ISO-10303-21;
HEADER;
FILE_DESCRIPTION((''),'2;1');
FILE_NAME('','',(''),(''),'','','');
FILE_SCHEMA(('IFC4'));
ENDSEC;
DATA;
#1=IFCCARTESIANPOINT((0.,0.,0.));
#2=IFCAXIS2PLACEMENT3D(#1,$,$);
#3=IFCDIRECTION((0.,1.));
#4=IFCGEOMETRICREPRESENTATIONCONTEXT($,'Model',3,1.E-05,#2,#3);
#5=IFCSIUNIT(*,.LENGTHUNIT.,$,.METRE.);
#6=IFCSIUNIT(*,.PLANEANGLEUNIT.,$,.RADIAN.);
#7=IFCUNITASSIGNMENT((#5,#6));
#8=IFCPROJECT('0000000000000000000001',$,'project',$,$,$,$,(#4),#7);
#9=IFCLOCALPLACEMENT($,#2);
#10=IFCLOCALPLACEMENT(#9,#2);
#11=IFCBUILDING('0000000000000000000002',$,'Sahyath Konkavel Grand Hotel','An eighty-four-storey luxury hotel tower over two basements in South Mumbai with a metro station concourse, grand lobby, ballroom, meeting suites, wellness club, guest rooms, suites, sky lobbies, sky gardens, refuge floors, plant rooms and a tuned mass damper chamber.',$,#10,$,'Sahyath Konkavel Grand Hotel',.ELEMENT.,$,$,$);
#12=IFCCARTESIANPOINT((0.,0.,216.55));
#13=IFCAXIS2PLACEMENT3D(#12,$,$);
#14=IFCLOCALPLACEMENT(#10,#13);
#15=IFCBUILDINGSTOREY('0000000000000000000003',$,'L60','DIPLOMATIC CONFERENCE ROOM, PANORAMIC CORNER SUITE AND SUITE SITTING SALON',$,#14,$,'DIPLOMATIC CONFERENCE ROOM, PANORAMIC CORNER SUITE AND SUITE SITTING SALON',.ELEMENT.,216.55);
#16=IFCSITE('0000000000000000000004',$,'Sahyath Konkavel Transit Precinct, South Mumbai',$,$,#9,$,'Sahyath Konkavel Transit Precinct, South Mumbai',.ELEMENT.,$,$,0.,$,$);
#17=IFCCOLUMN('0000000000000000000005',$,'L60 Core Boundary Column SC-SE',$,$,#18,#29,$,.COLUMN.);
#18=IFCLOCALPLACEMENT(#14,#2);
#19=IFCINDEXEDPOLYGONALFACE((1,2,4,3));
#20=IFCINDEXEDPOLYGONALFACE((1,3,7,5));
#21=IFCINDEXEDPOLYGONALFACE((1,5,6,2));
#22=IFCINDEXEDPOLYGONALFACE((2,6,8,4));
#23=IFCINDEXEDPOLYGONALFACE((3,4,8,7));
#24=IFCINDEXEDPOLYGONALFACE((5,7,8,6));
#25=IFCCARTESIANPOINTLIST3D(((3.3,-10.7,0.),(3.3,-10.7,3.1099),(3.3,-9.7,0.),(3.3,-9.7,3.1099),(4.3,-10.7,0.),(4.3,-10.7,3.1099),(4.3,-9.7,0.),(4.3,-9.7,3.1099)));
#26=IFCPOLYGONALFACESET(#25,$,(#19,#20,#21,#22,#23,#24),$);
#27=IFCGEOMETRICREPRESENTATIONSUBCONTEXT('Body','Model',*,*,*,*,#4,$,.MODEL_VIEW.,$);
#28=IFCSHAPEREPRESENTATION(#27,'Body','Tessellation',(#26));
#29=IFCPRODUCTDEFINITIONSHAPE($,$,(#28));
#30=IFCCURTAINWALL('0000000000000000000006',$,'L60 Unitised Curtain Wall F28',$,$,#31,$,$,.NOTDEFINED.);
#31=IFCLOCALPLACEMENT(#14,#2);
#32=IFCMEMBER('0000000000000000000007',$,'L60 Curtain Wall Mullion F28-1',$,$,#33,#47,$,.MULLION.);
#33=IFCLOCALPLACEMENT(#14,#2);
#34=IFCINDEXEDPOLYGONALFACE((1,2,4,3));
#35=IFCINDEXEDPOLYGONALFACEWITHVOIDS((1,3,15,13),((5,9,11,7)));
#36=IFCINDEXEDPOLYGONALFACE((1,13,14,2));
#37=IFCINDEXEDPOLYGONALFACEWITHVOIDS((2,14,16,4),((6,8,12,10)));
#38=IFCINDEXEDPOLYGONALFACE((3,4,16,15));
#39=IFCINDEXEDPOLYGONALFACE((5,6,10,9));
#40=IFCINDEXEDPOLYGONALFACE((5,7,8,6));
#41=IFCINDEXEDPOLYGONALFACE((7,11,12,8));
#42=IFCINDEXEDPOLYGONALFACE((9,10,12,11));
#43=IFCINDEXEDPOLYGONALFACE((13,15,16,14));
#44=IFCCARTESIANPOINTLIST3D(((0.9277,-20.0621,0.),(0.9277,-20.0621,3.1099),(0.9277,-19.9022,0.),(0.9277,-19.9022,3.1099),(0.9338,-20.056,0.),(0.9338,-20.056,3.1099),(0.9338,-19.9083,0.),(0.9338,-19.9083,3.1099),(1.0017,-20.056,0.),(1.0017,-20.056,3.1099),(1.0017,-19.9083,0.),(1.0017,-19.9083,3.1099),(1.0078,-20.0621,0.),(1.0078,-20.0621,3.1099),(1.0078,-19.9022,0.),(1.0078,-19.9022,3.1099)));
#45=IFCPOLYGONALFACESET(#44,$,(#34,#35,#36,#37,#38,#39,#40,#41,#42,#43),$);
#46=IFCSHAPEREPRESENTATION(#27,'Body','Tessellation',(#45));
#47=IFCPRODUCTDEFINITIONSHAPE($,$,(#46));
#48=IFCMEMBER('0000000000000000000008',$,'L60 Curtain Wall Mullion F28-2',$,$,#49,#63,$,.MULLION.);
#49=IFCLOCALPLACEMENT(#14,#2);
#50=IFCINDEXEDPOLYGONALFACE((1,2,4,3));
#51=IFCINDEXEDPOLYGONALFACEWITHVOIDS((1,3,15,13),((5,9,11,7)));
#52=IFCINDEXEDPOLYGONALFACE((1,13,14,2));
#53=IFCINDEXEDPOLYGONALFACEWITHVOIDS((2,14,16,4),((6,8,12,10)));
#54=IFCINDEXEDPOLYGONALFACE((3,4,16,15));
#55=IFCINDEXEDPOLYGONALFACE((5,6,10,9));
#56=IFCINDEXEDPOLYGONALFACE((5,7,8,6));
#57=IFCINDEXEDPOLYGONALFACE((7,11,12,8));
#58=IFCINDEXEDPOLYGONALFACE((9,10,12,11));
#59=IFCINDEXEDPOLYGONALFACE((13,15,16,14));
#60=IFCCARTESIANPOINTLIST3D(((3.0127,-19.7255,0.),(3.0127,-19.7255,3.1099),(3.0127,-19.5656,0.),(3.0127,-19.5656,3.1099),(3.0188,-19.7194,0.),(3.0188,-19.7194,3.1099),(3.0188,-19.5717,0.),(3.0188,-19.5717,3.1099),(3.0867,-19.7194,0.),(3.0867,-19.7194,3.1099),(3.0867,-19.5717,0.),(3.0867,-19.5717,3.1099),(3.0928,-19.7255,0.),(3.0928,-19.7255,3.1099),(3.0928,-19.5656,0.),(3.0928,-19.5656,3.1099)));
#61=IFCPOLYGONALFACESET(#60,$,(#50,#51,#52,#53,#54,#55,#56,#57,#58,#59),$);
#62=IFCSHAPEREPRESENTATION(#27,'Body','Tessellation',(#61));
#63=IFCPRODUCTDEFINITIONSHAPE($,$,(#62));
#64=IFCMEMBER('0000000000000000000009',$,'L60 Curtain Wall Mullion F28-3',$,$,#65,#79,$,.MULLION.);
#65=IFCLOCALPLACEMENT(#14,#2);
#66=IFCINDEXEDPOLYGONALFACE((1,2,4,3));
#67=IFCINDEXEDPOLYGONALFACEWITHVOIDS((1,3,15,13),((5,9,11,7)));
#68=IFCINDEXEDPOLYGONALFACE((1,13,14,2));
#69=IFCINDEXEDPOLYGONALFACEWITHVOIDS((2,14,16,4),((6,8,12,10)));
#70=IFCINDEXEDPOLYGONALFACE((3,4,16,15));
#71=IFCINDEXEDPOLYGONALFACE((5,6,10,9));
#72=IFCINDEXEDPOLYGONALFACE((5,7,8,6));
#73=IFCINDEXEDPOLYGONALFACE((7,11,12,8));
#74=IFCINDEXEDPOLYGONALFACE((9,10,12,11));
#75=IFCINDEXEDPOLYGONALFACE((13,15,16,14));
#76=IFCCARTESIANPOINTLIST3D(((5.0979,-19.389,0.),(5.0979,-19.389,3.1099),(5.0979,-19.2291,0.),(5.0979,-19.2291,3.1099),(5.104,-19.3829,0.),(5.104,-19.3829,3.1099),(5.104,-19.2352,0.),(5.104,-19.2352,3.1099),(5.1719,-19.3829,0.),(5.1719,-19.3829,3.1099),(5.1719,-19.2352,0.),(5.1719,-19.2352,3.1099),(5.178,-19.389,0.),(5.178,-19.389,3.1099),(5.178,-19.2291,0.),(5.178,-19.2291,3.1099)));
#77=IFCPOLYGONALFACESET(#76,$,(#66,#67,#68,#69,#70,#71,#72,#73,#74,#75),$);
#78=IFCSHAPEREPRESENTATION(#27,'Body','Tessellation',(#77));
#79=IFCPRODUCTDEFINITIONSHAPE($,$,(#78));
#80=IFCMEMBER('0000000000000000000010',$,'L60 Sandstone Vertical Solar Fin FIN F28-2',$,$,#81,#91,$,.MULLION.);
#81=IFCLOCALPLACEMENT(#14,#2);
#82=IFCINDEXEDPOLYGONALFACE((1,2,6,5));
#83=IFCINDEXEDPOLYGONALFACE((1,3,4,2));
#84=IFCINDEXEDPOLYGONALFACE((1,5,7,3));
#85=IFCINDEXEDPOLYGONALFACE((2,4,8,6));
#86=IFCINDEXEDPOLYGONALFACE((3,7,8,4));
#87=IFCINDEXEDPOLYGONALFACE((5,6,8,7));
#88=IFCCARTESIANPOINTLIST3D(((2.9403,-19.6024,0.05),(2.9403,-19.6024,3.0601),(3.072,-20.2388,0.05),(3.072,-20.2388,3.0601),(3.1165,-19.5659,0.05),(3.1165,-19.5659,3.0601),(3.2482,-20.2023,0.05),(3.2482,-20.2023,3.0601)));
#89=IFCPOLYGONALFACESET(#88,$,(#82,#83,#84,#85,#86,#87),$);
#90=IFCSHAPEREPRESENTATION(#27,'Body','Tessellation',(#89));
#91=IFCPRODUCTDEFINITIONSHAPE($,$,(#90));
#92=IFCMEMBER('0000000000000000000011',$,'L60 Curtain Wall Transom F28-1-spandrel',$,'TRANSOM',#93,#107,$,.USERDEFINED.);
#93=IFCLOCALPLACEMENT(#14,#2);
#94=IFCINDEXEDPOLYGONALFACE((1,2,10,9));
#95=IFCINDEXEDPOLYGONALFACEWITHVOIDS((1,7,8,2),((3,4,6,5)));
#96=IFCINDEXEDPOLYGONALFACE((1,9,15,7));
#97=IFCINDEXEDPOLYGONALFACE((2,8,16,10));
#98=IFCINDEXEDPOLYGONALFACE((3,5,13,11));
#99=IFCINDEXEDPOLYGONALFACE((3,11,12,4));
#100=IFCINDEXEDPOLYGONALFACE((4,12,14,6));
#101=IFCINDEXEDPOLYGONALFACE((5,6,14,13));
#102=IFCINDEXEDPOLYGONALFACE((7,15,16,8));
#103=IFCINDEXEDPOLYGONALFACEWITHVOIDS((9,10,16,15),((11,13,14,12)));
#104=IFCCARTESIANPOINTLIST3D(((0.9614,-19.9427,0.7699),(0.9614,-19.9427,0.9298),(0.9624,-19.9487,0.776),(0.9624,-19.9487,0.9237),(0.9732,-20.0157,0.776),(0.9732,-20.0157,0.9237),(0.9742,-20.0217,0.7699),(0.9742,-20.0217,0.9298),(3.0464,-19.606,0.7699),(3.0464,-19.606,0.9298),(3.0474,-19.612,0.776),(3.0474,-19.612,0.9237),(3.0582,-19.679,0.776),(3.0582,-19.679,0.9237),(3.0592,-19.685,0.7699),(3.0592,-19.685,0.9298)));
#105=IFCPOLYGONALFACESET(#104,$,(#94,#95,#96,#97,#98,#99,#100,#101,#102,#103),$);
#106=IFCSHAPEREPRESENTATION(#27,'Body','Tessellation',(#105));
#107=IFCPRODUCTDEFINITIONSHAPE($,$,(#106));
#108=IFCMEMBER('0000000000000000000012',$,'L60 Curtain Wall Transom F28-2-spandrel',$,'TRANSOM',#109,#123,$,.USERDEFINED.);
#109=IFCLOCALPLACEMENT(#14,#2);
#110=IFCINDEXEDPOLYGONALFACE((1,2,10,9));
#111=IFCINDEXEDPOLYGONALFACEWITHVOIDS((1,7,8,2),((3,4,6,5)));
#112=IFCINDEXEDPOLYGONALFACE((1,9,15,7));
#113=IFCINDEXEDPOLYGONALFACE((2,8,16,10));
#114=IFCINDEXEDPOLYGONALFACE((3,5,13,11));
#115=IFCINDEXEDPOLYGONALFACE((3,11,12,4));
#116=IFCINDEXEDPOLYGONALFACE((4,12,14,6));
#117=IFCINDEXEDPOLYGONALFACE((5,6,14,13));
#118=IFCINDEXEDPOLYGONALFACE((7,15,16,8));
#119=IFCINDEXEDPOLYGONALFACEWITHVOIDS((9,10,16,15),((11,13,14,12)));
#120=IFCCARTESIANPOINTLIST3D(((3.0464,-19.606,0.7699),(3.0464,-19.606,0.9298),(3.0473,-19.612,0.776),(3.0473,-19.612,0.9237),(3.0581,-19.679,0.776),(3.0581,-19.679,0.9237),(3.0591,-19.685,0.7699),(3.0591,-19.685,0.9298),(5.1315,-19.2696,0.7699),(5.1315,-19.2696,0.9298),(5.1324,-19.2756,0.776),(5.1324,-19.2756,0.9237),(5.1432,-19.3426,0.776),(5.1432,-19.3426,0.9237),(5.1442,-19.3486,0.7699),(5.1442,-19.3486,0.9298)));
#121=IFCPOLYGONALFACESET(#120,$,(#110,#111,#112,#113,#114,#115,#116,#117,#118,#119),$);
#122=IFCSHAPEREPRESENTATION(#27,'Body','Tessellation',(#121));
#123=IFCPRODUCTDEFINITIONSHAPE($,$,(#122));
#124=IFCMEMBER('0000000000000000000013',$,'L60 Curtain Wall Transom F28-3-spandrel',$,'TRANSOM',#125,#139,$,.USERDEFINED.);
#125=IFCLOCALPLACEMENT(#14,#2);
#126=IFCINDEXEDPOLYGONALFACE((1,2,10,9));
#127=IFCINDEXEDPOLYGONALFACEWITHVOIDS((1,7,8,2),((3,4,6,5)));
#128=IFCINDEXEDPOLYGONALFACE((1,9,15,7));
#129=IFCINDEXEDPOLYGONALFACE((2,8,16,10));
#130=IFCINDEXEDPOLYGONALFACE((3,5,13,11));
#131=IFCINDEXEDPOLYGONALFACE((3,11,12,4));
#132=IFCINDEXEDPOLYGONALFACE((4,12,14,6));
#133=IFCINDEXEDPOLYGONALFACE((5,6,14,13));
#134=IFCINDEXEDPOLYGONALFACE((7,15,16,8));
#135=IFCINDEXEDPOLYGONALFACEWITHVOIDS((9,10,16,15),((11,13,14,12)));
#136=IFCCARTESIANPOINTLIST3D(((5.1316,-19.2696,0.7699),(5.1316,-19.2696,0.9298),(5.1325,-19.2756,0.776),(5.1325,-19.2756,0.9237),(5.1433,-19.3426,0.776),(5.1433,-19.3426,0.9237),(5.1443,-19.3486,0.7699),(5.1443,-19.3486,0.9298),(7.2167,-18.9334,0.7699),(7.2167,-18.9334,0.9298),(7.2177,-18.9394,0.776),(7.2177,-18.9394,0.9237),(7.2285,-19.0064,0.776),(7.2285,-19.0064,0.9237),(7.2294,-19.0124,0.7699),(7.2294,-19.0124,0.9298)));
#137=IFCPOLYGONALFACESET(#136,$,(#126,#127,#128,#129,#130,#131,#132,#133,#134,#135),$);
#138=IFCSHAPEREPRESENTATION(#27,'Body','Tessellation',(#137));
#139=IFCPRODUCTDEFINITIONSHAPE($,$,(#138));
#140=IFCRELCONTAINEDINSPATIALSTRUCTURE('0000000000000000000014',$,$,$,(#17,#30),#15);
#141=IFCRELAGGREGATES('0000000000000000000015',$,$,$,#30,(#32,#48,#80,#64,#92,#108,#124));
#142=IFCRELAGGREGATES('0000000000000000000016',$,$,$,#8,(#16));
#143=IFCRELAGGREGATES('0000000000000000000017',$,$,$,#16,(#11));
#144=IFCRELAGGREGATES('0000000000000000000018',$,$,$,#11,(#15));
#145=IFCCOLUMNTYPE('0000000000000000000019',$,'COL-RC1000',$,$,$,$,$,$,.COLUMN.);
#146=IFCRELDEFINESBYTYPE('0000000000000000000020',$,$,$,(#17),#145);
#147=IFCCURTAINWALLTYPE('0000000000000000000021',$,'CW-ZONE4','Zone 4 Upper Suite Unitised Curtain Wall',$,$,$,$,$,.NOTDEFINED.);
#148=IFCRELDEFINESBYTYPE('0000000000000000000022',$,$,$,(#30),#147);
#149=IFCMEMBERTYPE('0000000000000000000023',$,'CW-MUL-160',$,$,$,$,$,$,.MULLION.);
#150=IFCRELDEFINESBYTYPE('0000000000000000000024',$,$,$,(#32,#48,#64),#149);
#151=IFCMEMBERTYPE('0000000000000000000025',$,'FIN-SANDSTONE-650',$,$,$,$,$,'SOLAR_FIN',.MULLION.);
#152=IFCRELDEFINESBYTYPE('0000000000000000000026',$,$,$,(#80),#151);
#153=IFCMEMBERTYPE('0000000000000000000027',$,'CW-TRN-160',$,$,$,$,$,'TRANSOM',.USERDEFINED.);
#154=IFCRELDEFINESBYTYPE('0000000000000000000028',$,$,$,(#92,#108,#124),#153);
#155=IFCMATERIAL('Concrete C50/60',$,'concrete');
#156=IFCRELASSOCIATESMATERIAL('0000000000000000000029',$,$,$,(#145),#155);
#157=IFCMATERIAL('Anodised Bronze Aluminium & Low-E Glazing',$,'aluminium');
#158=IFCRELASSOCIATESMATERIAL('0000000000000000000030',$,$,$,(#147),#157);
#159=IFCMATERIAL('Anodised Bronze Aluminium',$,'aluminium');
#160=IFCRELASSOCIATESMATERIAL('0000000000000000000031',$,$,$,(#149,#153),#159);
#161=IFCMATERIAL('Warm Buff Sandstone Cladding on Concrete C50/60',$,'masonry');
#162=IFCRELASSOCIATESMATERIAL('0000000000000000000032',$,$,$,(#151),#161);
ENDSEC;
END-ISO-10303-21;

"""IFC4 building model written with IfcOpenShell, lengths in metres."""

from ifc_helpers import new_model, si_unit, direction, frame, origin, origin_2d, place, context, subcontext, project, spatial, rectangle, hollow_rectangle, extrude, source, transform, mapped, material, material_profile, profile_set, type_object, element, aggregate, save


model = new_model("IFC4")

# Units and contexts
model_context = context("Model", 3, precision=1e-05, world=origin(), true_north=direction((0.0, 1.0)))
body_context = subcontext(model_context, "Body", "Model", "MODEL_VIEW")
ifc_project = project(units=[si_unit("LENGTHUNIT", "METRE"), si_unit("PLANEANGLEUNIT", "RADIAN")], contexts=[model_context])

# Site, building, storey
site_placement = place(None, origin())
site = spatial("IfcSite", under=ifc_project, at=site_placement, Name="Sahyath Konkavel Transit Precinct, South Mumbai", LongName="Sahyath Konkavel Transit Precinct, South Mumbai", CompositionType="ELEMENT", RefElevation=0.0)
building_placement = place(site_placement, origin())
building = spatial("IfcBuilding", under=site, at=building_placement, Name="Sahyath Konkavel Grand Hotel", Description="An eighty-four-storey luxury hotel tower over two basements in South Mumbai with a metro station concourse, grand lobby, ballroom, meeting suites, wellness club, guest rooms, suites, sky lobbies, sky gardens, refuge floors, plant rooms and a tuned mass damper chamber.", LongName="Sahyath Konkavel Grand Hotel", CompositionType="ELEMENT")
storey_placement = place(building_placement, frame((0.0, 0.0, 216.55)))
storey = spatial("IfcBuildingStorey", under=building, at=storey_placement, Name="L60", Description="DIPLOMATIC CONFERENCE ROOM, PANORAMIC CORNER SUITE AND SUITE SITTING SALON", LongName="DIPLOMATIC CONFERENCE ROOM, PANORAMIC CORNER SUITE AND SUITE SITTING SALON", CompositionType="ELEMENT", Elevation=216.55)

# Column
ifc_material_1 = material(Name="Concrete C50/60", Category="concrete")
ifc_material_profile_1 = material_profile(ifc_material_1, rectangle(XDim=1.0, YDim=1.0, at=origin_2d()), Name="RC 1000x1000")
ifc_profile_set_1 = profile_set([ifc_material_profile_1], Name="Concrete C50/60")
column_type = type_object("IfcColumnType", Name="COL-RC1000", PredefinedType="COLUMN", material=ifc_profile_set_1)
shared_shape_1 = source(origin(), body_context, "Body", "SweptSolid", [
    extrude(rectangle(XDim=1.0, YDim=1.0, at=origin_2d()), origin(), (0.0, 0.0, 1.0), 3.1099),
])
column_placement = place(storey_placement, frame((3.8, -10.2, 0.0), z_axis=(0.0, 0.0, 1.0), x_axis=(1.0, 0.0, 0.0)))
element("IfcColumn", 1, at=column_placement, inside=storey, type_object=column_type, Name="L60 Core Boundary Column SC-SE", PredefinedType="COLUMN", context=body_context, shape_type="MappedRepresentation", body=[
    mapped(shared_shape_1, transform((0.0, 0.0, 0.0), scale=1.0)),
])

# Curtain wall, members
ifc_material_2 = material(Name="Anodised Bronze Aluminium & Low-E Glazing", Category="aluminium")
curtain_wall_type = type_object("IfcCurtainWallType", Name="CW-ZONE4", Description="Zone 4 Upper Suite Unitised Curtain Wall", PredefinedType="NOTDEFINED", material=ifc_material_2)
curtain_wall_placement = place(storey_placement, origin())
curtain_wall = element("IfcCurtainWall", 2, at=curtain_wall_placement, inside=storey, type_object=curtain_wall_type, Name="L60 Unitised Curtain Wall F28", PredefinedType="NOTDEFINED")
ifc_material_3 = material(Name="Anodised Bronze Aluminium", Category="aluminium")
ifc_material_profile_2 = material_profile(ifc_material_3, hollow_rectangle(XDim=0.0801, YDim=0.1599, WallThickness=0.0061, at=origin_2d()), Name="RHS 160x80x6")
ifc_profile_set_2 = profile_set([ifc_material_profile_2], Name="Anodised Bronze Aluminium")
member_type_1 = type_object("IfcMemberType", Name="CW-MUL-160", PredefinedType="MULLION", material=ifc_profile_set_2)
shared_shape_2 = source(origin(), body_context, "Body", "SweptSolid", [
    extrude(hollow_rectangle(XDim=0.0801, YDim=0.1599, WallThickness=0.0061, at=origin_2d()), origin(), (0.0, 0.0, 1.0), 3.1099),
])
member_1_placement = place(storey_placement, frame((0.9678, -19.9822, 0.0), z_axis=(0.0, 0.0, 1.0), x_axis=(1.0, 0.0, 0.0)))
member_1 = element("IfcMember", 3, at=member_1_placement, type_object=member_type_1, Name="L60 Curtain Wall Mullion F28-1", PredefinedType="MULLION", context=body_context, shape_type="MappedRepresentation", body=[
    mapped(shared_shape_2, transform((0.0, 0.0, 0.0), scale=1.0)),
])
member_2_placement = place(storey_placement, frame((3.0527, -19.6455, 0.0), z_axis=(0.0, 0.0, 1.0), x_axis=(1.0, 0.0, 0.0)))
member_2 = element("IfcMember", 4, at=member_2_placement, type_object=member_type_1, Name="L60 Curtain Wall Mullion F28-2", PredefinedType="MULLION", context=body_context, shape_type="MappedRepresentation", body=[
    mapped(shared_shape_2, transform((0.0, 0.0, 0.0), scale=1.0)),
])
member_3_placement = place(storey_placement, frame((5.1379, -19.3091, 0.0), z_axis=(0.0, 0.0, 1.0), x_axis=(1.0, 0.0, 0.0)))
member_3 = element("IfcMember", 5, at=member_3_placement, type_object=member_type_1, Name="L60 Curtain Wall Mullion F28-3", PredefinedType="MULLION", context=body_context, shape_type="MappedRepresentation", body=[
    mapped(shared_shape_2, transform((0.0, 0.0, 0.0), scale=1.0)),
])
ifc_material_4 = material(Name="Warm Buff Sandstone Cladding on Concrete C50/60", Category="masonry")
ifc_material_profile_3 = material_profile(ifc_material_4, rectangle(XDim=0.1799, YDim=0.6499, at=origin_2d()), Name="FIN 180x650")
ifc_profile_set_3 = profile_set([ifc_material_profile_3], Name="Warm Buff Sandstone Cladding on Concrete C50/60")
member_type_2 = type_object("IfcMemberType", Name="FIN-SANDSTONE-650", ElementType="SOLAR_FIN", PredefinedType="MULLION", material=ifc_profile_set_3)
shared_shape_3 = source(origin(), body_context, "Body", "SweptSolid", [
    extrude(rectangle(XDim=0.1799, YDim=0.6499, at=origin_2d()), origin(), (0.0, 0.0, 1.0), 3.01),
])
member_4_placement = place(storey_placement, frame((3.0942, -19.9023, 0.05), z_axis=(0.0, 0.0, 1.0), x_axis=(0.979258, 0.202616, 0.0)))
member_4 = element("IfcMember", 6, at=member_4_placement, type_object=member_type_2, Name="L60 Sandstone Vertical Solar Fin FIN F28-2", PredefinedType="MULLION", context=body_context, shape_type="MappedRepresentation", body=[
    mapped(shared_shape_3, transform((0.0, 0.0, 0.0), scale=1.0)),
])
ifc_material_profile_4 = material_profile(ifc_material_3, hollow_rectangle(XDim=0.0801, YDim=0.1599, WallThickness=0.0061, at=origin_2d()), Name="RHS 160x80x6")
ifc_profile_set_4 = profile_set([ifc_material_profile_4], Name="Anodised Bronze Aluminium")
member_type_3 = type_object("IfcMemberType", Name="CW-TRN-160", ElementType="TRANSOM", PredefinedType="USERDEFINED", material=ifc_profile_set_4)
shared_shape_4 = source(origin(), body_context, "Body", "SweptSolid", [
    extrude(hollow_rectangle(XDim=0.0801, YDim=0.1599, WallThickness=0.0061, at=origin_2d()), origin(), (0.0, 0.0, 1.0), 2.1121),
])
member_5_placement = place(storey_placement, frame((0.9678, -19.9822, 0.8499), z_axis=(0.987212, 0.159411, 0.0), x_axis=(-0.159411, 0.987212, 0.0)))
member_5 = element("IfcMember", 7, at=member_5_placement, type_object=member_type_3, Name="L60 Curtain Wall Transom F28-1-spandrel", ObjectType="TRANSOM", PredefinedType="USERDEFINED", context=body_context, shape_type="MappedRepresentation", body=[
    mapped(shared_shape_4, transform((0.0, 0.0, 0.0), scale=1.0)),
])
member_6_placement = place(storey_placement, frame((3.0527, -19.6455, 0.8499), z_axis=(0.987233, 0.15928, 0.0), x_axis=(-0.15928, 0.987233, 0.0)))
member_6 = element("IfcMember", 8, at=member_6_placement, type_object=member_type_3, Name="L60 Curtain Wall Transom F28-2-spandrel", ObjectType="TRANSOM", PredefinedType="USERDEFINED", context=body_context, shape_type="MappedRepresentation", body=[
    mapped(shared_shape_4, transform((0.0, 0.0, 0.0), scale=1.0)),
])
member_7_placement = place(storey_placement, frame((5.1379, -19.3091, 0.8499), z_axis=(0.987252, 0.159167, 0.0), x_axis=(-0.159167, 0.987252, 0.0)))
member_7 = element("IfcMember", 9, at=member_7_placement, type_object=member_type_3, Name="L60 Curtain Wall Transom F28-3-spandrel", ObjectType="TRANSOM", PredefinedType="USERDEFINED", context=body_context, shape_type="MappedRepresentation", body=[
    mapped(shared_shape_4, transform((0.0, 0.0, 0.0), scale=1.0)),
])

aggregate(curtain_wall, [member_1, member_2, member_4, member_3, member_5, member_6, member_7])

save(model, "model.ifc")
